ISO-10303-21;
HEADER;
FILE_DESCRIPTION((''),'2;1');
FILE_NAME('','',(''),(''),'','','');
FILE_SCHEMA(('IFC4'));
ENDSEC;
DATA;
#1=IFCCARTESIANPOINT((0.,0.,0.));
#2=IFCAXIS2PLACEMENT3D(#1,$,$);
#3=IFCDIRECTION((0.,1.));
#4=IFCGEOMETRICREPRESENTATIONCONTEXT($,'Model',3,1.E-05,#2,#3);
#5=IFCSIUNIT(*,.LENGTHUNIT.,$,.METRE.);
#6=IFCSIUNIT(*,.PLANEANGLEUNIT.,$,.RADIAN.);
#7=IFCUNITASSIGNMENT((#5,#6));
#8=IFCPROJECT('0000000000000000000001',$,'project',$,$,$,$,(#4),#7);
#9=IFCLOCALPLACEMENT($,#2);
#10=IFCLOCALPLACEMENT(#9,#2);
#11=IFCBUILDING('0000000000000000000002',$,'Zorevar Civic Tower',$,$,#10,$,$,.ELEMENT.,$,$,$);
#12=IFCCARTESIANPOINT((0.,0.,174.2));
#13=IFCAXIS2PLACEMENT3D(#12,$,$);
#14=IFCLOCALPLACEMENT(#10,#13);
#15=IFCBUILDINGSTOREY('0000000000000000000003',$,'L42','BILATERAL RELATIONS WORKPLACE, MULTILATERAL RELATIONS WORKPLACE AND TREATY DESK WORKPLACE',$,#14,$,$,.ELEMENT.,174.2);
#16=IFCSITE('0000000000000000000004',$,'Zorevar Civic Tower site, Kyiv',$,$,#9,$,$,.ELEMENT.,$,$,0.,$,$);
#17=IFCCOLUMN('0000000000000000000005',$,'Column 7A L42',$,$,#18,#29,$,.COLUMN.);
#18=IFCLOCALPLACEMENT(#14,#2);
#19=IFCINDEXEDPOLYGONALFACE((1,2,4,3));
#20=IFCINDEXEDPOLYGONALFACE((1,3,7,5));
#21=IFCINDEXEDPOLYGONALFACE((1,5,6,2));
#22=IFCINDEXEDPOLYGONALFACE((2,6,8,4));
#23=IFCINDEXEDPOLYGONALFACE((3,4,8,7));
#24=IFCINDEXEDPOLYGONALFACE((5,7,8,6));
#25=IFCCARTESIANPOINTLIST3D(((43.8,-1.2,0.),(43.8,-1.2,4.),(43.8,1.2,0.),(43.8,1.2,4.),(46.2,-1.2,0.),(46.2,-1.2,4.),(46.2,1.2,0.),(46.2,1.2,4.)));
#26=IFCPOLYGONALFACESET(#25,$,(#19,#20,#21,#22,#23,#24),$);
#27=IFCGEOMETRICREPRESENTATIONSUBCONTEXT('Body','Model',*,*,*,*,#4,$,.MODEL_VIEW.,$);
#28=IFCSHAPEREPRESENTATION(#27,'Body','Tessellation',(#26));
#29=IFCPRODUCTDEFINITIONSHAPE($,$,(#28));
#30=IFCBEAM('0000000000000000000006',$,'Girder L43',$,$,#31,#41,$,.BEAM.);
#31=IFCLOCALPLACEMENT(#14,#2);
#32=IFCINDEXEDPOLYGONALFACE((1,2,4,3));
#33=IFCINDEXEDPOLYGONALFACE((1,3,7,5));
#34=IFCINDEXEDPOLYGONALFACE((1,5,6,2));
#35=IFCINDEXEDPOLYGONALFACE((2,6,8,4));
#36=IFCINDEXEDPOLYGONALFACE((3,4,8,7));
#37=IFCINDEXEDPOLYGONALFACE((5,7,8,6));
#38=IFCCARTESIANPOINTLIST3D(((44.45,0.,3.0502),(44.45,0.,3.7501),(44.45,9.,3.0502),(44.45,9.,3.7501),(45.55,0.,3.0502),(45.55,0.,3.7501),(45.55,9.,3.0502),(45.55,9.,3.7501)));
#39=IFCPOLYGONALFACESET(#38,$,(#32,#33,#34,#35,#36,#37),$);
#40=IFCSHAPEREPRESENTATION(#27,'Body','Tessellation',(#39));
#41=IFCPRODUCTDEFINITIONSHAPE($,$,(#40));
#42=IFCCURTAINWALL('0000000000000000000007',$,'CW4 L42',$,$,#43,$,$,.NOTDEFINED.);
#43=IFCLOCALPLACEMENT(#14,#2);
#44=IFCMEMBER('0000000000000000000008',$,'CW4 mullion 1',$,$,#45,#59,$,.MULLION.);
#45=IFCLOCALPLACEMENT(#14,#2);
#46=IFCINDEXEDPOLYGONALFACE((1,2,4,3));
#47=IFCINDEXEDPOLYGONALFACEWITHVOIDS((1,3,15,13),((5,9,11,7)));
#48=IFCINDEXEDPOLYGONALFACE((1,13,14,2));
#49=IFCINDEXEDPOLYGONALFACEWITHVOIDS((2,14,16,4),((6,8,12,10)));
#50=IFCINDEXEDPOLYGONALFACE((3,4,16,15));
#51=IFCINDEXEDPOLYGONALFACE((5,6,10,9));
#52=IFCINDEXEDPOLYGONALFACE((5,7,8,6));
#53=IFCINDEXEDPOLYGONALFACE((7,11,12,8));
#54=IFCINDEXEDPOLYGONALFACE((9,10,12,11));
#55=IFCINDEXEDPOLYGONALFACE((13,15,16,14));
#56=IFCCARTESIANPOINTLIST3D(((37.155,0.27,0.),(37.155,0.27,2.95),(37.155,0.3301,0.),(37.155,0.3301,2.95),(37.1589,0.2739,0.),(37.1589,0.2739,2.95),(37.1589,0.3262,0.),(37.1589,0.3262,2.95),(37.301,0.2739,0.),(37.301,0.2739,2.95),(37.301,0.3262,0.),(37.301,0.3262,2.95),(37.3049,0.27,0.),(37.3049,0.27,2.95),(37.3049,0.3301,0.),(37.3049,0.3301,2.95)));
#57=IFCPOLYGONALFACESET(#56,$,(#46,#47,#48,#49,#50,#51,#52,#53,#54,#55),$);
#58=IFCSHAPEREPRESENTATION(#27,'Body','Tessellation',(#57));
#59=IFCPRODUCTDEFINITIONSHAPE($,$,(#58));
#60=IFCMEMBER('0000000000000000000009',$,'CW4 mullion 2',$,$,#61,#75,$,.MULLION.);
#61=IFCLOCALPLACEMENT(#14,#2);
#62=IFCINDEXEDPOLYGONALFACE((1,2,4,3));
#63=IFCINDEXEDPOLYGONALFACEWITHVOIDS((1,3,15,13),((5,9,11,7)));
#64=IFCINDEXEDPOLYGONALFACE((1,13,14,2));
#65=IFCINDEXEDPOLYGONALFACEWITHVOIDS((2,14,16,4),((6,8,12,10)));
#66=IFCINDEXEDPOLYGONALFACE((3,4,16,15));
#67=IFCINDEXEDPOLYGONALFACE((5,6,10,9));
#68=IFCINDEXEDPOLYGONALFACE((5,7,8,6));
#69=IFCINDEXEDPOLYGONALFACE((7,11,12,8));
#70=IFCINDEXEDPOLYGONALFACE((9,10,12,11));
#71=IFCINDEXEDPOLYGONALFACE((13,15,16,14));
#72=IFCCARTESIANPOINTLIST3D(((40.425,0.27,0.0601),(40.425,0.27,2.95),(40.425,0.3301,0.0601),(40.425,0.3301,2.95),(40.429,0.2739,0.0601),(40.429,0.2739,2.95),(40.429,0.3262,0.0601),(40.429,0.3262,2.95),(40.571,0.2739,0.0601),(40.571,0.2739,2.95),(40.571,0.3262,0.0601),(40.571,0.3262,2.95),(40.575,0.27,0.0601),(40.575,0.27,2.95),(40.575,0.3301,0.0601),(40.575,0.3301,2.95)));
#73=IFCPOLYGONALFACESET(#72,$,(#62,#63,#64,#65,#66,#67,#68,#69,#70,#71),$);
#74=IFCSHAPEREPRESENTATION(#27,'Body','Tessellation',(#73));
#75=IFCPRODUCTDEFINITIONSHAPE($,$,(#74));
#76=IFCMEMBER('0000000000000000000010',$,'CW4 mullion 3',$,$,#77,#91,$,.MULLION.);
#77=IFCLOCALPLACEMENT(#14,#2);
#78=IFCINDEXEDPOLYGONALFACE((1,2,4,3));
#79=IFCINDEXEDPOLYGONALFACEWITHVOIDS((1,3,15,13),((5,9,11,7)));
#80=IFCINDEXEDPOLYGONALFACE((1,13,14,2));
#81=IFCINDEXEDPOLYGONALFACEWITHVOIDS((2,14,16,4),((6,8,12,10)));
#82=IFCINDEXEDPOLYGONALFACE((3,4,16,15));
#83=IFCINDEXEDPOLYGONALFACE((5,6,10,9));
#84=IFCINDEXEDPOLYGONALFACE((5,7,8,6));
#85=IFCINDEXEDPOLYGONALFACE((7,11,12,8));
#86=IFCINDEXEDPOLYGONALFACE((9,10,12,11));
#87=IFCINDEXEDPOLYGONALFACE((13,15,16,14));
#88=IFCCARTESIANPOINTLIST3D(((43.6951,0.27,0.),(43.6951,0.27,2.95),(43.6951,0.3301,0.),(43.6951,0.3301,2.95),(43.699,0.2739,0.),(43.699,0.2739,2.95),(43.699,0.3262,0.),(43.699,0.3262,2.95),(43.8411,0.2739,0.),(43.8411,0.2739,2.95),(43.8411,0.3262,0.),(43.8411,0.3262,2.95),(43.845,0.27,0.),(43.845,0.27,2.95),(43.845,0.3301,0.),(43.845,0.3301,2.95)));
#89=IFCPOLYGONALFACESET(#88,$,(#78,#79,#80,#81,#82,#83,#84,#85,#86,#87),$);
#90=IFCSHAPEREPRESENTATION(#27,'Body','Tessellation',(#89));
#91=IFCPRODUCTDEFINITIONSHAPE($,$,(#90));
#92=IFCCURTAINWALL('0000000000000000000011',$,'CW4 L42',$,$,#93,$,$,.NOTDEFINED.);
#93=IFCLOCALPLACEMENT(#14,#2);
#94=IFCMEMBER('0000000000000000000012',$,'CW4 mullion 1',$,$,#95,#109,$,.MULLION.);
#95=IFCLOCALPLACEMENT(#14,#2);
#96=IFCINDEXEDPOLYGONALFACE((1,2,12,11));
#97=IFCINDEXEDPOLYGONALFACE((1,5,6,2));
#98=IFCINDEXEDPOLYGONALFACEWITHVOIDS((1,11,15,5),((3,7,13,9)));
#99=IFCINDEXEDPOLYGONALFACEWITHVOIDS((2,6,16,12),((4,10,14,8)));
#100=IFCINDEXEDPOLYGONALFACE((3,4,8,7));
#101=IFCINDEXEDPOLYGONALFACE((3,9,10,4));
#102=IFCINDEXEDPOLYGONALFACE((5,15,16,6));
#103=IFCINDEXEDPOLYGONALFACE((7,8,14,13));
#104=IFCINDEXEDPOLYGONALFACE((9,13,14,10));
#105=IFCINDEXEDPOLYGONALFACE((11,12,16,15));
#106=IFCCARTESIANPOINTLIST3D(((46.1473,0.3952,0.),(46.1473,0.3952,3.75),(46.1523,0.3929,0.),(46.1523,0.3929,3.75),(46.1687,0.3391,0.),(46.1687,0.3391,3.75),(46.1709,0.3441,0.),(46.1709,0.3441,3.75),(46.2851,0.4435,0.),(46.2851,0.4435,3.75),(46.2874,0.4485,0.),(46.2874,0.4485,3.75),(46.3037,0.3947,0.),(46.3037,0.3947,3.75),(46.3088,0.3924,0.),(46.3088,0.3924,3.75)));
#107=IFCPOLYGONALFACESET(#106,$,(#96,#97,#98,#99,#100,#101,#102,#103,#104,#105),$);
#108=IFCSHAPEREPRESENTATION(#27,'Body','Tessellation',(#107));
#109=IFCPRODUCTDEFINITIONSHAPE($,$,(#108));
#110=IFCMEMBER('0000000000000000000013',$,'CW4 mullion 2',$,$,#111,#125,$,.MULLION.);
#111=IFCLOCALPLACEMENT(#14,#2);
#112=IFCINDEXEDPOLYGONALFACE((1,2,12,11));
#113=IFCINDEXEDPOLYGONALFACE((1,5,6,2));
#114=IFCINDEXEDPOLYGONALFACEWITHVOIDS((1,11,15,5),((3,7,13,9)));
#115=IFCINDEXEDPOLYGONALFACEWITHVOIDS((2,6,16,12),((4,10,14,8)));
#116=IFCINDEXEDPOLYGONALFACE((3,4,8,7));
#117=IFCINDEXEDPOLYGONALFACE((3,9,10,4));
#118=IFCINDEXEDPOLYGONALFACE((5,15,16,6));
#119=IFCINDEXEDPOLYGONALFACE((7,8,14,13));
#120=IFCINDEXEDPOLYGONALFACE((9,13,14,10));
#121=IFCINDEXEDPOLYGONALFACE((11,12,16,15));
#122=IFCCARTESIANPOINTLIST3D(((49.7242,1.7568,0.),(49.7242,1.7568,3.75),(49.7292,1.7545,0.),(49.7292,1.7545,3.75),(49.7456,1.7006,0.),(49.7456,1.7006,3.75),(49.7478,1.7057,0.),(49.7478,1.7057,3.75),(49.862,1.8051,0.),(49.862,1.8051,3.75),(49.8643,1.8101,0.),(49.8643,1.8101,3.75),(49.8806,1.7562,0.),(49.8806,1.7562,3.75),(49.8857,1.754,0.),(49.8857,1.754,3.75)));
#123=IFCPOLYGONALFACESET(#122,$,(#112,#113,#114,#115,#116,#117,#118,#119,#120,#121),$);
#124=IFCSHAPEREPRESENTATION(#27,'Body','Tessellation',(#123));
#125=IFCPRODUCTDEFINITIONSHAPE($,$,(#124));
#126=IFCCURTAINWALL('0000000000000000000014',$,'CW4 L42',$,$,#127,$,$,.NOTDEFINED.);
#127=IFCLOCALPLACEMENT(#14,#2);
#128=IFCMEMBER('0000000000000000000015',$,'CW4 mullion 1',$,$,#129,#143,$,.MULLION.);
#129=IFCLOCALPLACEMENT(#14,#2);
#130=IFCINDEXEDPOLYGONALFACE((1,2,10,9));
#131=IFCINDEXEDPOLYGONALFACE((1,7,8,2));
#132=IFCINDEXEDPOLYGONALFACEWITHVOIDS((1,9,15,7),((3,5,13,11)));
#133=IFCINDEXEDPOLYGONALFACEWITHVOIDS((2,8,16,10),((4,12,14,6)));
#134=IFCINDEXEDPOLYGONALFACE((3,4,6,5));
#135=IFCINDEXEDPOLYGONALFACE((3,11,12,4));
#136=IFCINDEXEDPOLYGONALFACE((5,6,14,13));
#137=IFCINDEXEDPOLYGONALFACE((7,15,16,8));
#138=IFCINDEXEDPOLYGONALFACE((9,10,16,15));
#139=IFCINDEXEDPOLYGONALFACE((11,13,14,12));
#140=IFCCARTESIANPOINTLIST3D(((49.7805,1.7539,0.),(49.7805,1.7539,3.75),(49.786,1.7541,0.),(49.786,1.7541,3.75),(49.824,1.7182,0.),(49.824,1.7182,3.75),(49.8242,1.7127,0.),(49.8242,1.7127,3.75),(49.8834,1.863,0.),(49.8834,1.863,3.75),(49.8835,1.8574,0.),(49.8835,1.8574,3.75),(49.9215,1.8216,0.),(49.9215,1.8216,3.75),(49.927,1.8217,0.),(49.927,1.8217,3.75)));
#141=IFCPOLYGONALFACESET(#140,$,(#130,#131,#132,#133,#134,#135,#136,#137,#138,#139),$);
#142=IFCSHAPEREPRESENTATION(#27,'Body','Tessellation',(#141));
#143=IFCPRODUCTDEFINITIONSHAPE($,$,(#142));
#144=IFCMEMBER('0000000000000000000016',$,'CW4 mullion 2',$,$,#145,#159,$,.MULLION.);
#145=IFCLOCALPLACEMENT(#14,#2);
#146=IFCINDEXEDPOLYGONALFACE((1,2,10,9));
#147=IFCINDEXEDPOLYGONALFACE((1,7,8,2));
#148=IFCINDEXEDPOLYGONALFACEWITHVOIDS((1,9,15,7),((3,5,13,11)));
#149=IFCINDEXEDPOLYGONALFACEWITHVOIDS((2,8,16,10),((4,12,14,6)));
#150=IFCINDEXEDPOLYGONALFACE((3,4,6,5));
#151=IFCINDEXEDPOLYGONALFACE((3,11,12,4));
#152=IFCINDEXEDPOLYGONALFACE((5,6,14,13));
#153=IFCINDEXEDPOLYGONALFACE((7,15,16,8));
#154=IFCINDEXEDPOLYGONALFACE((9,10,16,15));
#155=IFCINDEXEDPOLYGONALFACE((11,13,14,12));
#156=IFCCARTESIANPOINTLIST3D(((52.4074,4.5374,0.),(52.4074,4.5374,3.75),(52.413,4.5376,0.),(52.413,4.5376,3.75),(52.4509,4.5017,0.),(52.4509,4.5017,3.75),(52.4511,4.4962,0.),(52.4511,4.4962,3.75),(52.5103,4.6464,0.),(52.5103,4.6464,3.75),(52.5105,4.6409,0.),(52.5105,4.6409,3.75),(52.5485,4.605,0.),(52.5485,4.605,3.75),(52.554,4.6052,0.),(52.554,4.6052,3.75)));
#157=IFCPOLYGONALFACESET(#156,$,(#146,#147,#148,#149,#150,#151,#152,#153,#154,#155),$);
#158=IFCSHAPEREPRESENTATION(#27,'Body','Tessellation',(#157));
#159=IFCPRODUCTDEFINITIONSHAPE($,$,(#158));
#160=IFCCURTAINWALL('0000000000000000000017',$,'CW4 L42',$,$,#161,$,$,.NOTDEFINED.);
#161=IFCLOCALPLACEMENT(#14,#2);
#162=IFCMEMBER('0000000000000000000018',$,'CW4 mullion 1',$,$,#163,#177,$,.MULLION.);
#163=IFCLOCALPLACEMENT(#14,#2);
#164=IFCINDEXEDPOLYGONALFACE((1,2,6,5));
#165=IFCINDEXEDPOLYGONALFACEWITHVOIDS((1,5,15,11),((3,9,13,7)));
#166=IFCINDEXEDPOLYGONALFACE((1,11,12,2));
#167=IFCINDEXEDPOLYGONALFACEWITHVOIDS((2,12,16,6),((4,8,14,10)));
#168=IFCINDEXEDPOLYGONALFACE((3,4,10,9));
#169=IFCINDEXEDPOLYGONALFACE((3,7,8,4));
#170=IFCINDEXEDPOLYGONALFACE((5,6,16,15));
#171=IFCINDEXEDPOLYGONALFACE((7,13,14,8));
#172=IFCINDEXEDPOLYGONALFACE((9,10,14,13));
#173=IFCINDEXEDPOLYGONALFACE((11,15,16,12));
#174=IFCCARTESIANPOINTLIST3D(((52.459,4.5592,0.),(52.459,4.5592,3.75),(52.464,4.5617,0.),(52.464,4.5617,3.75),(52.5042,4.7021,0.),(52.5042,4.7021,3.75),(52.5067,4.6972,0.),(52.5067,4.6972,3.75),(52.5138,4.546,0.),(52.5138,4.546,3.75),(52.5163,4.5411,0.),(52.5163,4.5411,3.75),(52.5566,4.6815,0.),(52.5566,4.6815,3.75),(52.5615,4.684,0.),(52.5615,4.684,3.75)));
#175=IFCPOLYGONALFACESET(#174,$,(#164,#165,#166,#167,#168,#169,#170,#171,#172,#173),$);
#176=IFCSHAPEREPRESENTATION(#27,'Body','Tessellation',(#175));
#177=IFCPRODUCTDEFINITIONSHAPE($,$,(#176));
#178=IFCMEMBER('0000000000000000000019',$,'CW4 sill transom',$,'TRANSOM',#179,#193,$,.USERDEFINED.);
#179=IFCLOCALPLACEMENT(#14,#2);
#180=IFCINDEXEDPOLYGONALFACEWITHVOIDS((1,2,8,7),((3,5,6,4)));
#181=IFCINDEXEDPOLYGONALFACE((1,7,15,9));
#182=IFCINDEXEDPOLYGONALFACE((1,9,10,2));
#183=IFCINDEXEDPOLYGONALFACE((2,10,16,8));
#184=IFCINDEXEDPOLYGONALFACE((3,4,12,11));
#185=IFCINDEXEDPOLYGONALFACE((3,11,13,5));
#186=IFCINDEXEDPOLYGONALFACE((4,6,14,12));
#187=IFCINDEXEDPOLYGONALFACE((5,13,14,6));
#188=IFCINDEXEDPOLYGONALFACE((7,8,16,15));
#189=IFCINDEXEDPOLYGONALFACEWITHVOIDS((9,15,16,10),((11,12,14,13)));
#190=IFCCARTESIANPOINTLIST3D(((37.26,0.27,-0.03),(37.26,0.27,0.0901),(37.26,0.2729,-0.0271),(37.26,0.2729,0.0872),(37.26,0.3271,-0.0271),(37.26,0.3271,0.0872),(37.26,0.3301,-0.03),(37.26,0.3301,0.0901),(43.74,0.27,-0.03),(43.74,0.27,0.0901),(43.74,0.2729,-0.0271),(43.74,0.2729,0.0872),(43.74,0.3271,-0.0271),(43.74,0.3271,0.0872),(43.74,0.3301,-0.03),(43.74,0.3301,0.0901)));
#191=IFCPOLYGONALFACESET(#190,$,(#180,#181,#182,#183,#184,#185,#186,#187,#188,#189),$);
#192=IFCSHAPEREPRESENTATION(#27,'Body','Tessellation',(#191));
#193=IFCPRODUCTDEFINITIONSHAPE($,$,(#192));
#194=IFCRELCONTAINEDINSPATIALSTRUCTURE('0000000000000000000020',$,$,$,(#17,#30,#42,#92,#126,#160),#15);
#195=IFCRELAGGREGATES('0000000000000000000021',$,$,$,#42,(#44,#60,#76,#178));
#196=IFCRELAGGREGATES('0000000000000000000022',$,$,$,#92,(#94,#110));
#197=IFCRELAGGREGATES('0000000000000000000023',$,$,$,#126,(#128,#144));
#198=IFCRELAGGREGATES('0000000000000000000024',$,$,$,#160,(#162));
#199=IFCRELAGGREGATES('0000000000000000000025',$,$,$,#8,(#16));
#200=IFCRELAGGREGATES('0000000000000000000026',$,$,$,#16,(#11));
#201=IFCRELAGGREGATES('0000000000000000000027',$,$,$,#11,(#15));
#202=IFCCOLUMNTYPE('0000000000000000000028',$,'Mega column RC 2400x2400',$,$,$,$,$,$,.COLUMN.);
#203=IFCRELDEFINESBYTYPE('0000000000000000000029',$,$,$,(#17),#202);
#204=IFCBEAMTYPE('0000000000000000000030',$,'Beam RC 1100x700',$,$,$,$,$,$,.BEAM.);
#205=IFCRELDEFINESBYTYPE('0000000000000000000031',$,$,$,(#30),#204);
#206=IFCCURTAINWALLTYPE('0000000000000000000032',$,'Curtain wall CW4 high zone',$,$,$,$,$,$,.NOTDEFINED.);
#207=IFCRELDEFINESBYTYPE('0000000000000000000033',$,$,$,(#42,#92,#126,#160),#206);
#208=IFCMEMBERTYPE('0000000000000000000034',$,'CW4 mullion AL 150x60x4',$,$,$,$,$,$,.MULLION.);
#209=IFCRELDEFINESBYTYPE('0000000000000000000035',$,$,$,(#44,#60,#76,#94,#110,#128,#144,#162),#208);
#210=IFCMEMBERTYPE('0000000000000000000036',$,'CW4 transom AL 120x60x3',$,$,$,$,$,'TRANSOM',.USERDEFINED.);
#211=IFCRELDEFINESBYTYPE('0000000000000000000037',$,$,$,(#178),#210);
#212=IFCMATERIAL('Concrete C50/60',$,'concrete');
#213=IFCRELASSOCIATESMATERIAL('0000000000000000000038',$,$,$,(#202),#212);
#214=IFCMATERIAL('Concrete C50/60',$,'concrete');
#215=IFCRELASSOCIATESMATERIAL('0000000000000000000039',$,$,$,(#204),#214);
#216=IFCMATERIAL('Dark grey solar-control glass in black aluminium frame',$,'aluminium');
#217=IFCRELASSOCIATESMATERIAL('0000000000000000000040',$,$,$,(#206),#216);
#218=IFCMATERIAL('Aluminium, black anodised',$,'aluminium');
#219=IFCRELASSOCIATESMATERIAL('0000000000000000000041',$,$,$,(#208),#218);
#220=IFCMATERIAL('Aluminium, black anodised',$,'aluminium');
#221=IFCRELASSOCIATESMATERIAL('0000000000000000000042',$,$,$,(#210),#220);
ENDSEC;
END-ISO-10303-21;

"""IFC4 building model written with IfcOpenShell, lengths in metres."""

from ifc_helpers import new_model, si_unit, direction, frame, origin, origin_2d, place, context, subcontext, project, spatial, rectangle, hollow_rectangle, extrude, material, material_profile, profile_set, type_object, element, aggregate, save


model = new_model("IFC4")

# Units and contexts
model_context = context("Model", 3, precision=1e-05, world=origin(), true_north=direction((0.0, 1.0)))
body_context = subcontext(model_context, "Body", "Model", "MODEL_VIEW")
ifc_project = project(units=[si_unit("LENGTHUNIT", "METRE"), si_unit("PLANEANGLEUNIT", "RADIAN")], contexts=[model_context])

# Site, building, storey
site_placement = place(None, origin())
site = spatial("IfcSite", under=ifc_project, at=site_placement, Name="Zorevar Civic Tower site, Kyiv", CompositionType="ELEMENT", RefElevation=0.0)
building_placement = place(site_placement, origin())
building = spatial("IfcBuilding", under=site, at=building_placement, Name="Zorevar Civic Tower", CompositionType="ELEMENT")
storey_placement = place(building_placement, frame((0.0, 0.0, 174.2)))
storey = spatial("IfcBuildingStorey", under=building, at=storey_placement, Name="L42", Description="BILATERAL RELATIONS WORKPLACE, MULTILATERAL RELATIONS WORKPLACE AND TREATY DESK WORKPLACE", CompositionType="ELEMENT", Elevation=174.2)

# Column
ifc_material_1 = material(Name="Concrete C50/60", Category="concrete")
ifc_material_profile_1 = material_profile(ifc_material_1, rectangle(XDim=2.3999, YDim=2.3999, at=origin_2d()), Name="RC 2400x2400")
ifc_profile_set_1 = profile_set([ifc_material_profile_1], Name="Concrete C50/60")
column_type = type_object("IfcColumnType", Name="Mega column RC 2400x2400", PredefinedType="COLUMN", material=ifc_profile_set_1)
column_placement = place(storey_placement, frame((45.0, 0.0, 0.0), z_axis=(0.0, 0.0, 1.0), x_axis=(1.0, 0.0, 0.0)))
element("IfcColumn", 1, at=column_placement, inside=storey, type_object=column_type, Name="Column 7A L42", PredefinedType="COLUMN", context=body_context, shape_type="SweptSolid", body=[
    extrude(rectangle(XDim=2.3999, YDim=2.3999, at=origin_2d()), origin(), (0.0, 0.0, 1.0), 4.0),
])

# Beam
ifc_material_2 = material(Name="Concrete C50/60", Category="concrete")
ifc_material_profile_2 = material_profile(ifc_material_2, rectangle(XDim=1.1001, YDim=0.7, at=origin_2d()), Name="RC 1100x700")
ifc_profile_set_2 = profile_set([ifc_material_profile_2], Name="Concrete C50/60")
beam_type_1 = type_object("IfcBeamType", Name="Beam RC 1100x700", PredefinedType="BEAM", material=ifc_profile_set_2)
beam_1_placement = place(storey_placement, frame((45.0, 0.0, 3.4001), z_axis=(0.0, 1.0, 0.0), x_axis=(-1.0, 0.0, 0.0)))
element("IfcBeam", 2, at=beam_1_placement, inside=storey, type_object=beam_type_1, Name="Girder L43", PredefinedType="BEAM", context=body_context, shape_type="SweptSolid", body=[
    extrude(rectangle(XDim=1.1001, YDim=0.7, at=origin_2d()), origin(), (0.0, 0.0, 1.0), 9.0),
])

# Curtain walls, members
ifc_material_3 = material(Name="Dark grey solar-control glass in black aluminium frame", Category="aluminium")
curtain_wall_type = type_object("IfcCurtainWallType", Name="Curtain wall CW4 high zone", PredefinedType="NOTDEFINED", material=ifc_material_3)
curtain_wall_1_placement = place(storey_placement, origin())
curtain_wall_1 = element("IfcCurtainWall", 3, at=curtain_wall_1_placement, inside=storey, type_object=curtain_wall_type, Name="CW4 L42", PredefinedType="NOTDEFINED")
ifc_material_4 = material(Name="Aluminium, black anodised", Category="aluminium")
ifc_material_profile_3 = material_profile(ifc_material_4, hollow_rectangle(XDim=0.0601, YDim=0.1499, WallThickness=0.0039, at=origin_2d()), Name="AL 150x60x4")
ifc_profile_set_3 = profile_set([ifc_material_profile_3], Name="Aluminium, black anodised")
member_type_1 = type_object("IfcMemberType", Name="CW4 mullion AL 150x60x4", PredefinedType="MULLION", material=ifc_profile_set_3)
member_1_placement = place(storey_placement, frame((37.23, 0.3, 0.0), z_axis=(0.0, 0.0, 1.0), x_axis=(0.0, 1.0, 0.0)))
member_1 = element("IfcMember", 4, at=member_1_placement, type_object=member_type_1, Name="CW4 mullion 1", PredefinedType="MULLION", context=body_context, shape_type="SweptSolid", body=[
    extrude(hollow_rectangle(XDim=0.0601, YDim=0.1499, WallThickness=0.0039, at=origin_2d()), origin(), (0.0, 0.0, 1.0), 2.95),
])
member_2_placement = place(storey_placement, frame((40.5, 0.3, 0.0601), z_axis=(0.0, 0.0, 1.0), x_axis=(0.0, 1.0, 0.0)))
member_2 = element("IfcMember", 5, at=member_2_placement, type_object=member_type_1, Name="CW4 mullion 2", PredefinedType="MULLION", context=body_context, shape_type="SweptSolid", body=[
    extrude(hollow_rectangle(XDim=0.0601, YDim=0.1499, WallThickness=0.0039, at=origin_2d()), origin(), (0.0, 0.0, 1.0), 2.8899),
])
member_3_placement = place(storey_placement, frame((43.77, 0.3, 0.0), z_axis=(0.0, 0.0, 1.0), x_axis=(0.0, 1.0, 0.0)))
member_3 = element("IfcMember", 6, at=member_3_placement, type_object=member_type_1, Name="CW4 mullion 3", PredefinedType="MULLION", context=body_context, shape_type="SweptSolid", body=[
    extrude(hollow_rectangle(XDim=0.0601, YDim=0.1499, WallThickness=0.0039, at=origin_2d()), origin(), (0.0, 0.0, 1.0), 2.95),
])
curtain_wall_2_placement = place(storey_placement, origin())
curtain_wall_2 = element("IfcCurtainWall", 7, at=curtain_wall_2_placement, inside=storey, type_object=curtain_wall_type, Name="CW4 L42", PredefinedType="NOTDEFINED")
member_4_placement = place(storey_placement, frame((46.228, 0.3938, 0.0), z_axis=(0.0, 0.0, 1.0), x_axis=(-0.355731, 0.934588, 0.0)))
member_4 = element("IfcMember", 8, at=member_4_placement, type_object=member_type_1, Name="CW4 mullion 1", PredefinedType="MULLION", context=body_context, shape_type="SweptSolid", body=[
    extrude(hollow_rectangle(XDim=0.0601, YDim=0.1499, WallThickness=0.0039, at=origin_2d()), origin(), (0.0, 0.0, 1.0), 3.75),
])
member_5_placement = place(storey_placement, frame((49.8049, 1.7554, 0.0), z_axis=(0.0, 0.0, 1.0), x_axis=(-0.355731, 0.934588, 0.0)))
member_5 = element("IfcMember", 9, at=member_5_placement, type_object=member_type_1, Name="CW4 mullion 2", PredefinedType="MULLION", context=body_context, shape_type="SweptSolid", body=[
    extrude(hollow_rectangle(XDim=0.0601, YDim=0.1499, WallThickness=0.0039, at=origin_2d()), origin(), (0.0, 0.0, 1.0), 3.75),
])
curtain_wall_3_placement = place(storey_placement, origin())
curtain_wall_3 = element("IfcCurtainWall", 10, at=curtain_wall_3_placement, inside=storey, type_object=curtain_wall_type, Name="CW4 L42", PredefinedType="NOTDEFINED")
member_6_placement = place(storey_placement, frame((49.8538, 1.7878, 0.0), z_axis=(0.0, 0.0, 1.0), x_axis=(-0.727245, 0.686378, 0.0)))
member_6 = element("IfcMember", 11, at=member_6_placement, type_object=member_type_1, Name="CW4 mullion 1", PredefinedType="MULLION", context=body_context, shape_type="SweptSolid", body=[
    extrude(hollow_rectangle(XDim=0.0601, YDim=0.1499, WallThickness=0.0039, at=origin_2d()), origin(), (0.0, 0.0, 1.0), 3.75),
])
member_7_placement = place(storey_placement, frame((52.4807, 4.5713, 0.0), z_axis=(0.0, 0.0, 1.0), x_axis=(-0.727245, 0.686378, 0.0)))
member_7 = element("IfcMember", 12, at=member_7_placement, type_object=member_type_1, Name="CW4 mullion 2", PredefinedType="MULLION", context=body_context, shape_type="SweptSolid", body=[
    extrude(hollow_rectangle(XDim=0.0601, YDim=0.1499, WallThickness=0.0039, at=origin_2d()), origin(), (0.0, 0.0, 1.0), 3.75),
])

# Curtain wall, member
curtain_wall_4_placement = place(storey_placement, origin())
curtain_wall_4 = element("IfcCurtainWall", 13, at=curtain_wall_4_placement, inside=storey, type_object=curtain_wall_type, Name="CW4 L42", PredefinedType="NOTDEFINED")
member_8_placement = place(storey_placement, frame((52.5103, 4.6216, 0.0), z_axis=(0.0, 0.0, 1.0), x_axis=(-0.95359, 0.301108, 0.0)))
member_8 = element("IfcMember", 14, at=member_8_placement, type_object=member_type_1, Name="CW4 mullion 1", PredefinedType="MULLION", context=body_context, shape_type="SweptSolid", body=[
    extrude(hollow_rectangle(XDim=0.0601, YDim=0.1499, WallThickness=0.0039, at=origin_2d()), origin(), (0.0, 0.0, 1.0), 3.75),
])

# Member
ifc_material_5 = material(Name="Aluminium, black anodised", Category="aluminium")
ifc_material_profile_4 = material_profile(ifc_material_5, hollow_rectangle(XDim=0.0601, YDim=0.1201, WallThickness=0.0029, at=origin_2d()), Name="AL 120x60x3")
ifc_profile_set_4 = profile_set([ifc_material_profile_4], Name="Aluminium, black anodised")
member_type_2 = type_object("IfcMemberType", Name="CW4 transom AL 120x60x3", ElementType="TRANSOM", PredefinedType="USERDEFINED", material=ifc_profile_set_4)
member_9_placement = place(storey_placement, frame((37.26, 0.3, 0.03), z_axis=(1.0, 0.0, 0.0), x_axis=(0.0, 1.0, 0.0)))
member_9 = element("IfcMember", 15, at=member_9_placement, type_object=member_type_2, Name="CW4 sill transom", ObjectType="TRANSOM", PredefinedType="USERDEFINED", context=body_context, shape_type="SweptSolid", body=[
    extrude(hollow_rectangle(XDim=0.0601, YDim=0.1201, WallThickness=0.0029, at=origin_2d()), origin(), (0.0, 0.0, 1.0), 6.48),
])

aggregate(curtain_wall_1, [member_1, member_2, member_3, member_9])
aggregate(curtain_wall_2, [member_4, member_5])
aggregate(curtain_wall_3, [member_6, member_7])
aggregate(curtain_wall_4, [member_8])

save(model, "model.ifc")
